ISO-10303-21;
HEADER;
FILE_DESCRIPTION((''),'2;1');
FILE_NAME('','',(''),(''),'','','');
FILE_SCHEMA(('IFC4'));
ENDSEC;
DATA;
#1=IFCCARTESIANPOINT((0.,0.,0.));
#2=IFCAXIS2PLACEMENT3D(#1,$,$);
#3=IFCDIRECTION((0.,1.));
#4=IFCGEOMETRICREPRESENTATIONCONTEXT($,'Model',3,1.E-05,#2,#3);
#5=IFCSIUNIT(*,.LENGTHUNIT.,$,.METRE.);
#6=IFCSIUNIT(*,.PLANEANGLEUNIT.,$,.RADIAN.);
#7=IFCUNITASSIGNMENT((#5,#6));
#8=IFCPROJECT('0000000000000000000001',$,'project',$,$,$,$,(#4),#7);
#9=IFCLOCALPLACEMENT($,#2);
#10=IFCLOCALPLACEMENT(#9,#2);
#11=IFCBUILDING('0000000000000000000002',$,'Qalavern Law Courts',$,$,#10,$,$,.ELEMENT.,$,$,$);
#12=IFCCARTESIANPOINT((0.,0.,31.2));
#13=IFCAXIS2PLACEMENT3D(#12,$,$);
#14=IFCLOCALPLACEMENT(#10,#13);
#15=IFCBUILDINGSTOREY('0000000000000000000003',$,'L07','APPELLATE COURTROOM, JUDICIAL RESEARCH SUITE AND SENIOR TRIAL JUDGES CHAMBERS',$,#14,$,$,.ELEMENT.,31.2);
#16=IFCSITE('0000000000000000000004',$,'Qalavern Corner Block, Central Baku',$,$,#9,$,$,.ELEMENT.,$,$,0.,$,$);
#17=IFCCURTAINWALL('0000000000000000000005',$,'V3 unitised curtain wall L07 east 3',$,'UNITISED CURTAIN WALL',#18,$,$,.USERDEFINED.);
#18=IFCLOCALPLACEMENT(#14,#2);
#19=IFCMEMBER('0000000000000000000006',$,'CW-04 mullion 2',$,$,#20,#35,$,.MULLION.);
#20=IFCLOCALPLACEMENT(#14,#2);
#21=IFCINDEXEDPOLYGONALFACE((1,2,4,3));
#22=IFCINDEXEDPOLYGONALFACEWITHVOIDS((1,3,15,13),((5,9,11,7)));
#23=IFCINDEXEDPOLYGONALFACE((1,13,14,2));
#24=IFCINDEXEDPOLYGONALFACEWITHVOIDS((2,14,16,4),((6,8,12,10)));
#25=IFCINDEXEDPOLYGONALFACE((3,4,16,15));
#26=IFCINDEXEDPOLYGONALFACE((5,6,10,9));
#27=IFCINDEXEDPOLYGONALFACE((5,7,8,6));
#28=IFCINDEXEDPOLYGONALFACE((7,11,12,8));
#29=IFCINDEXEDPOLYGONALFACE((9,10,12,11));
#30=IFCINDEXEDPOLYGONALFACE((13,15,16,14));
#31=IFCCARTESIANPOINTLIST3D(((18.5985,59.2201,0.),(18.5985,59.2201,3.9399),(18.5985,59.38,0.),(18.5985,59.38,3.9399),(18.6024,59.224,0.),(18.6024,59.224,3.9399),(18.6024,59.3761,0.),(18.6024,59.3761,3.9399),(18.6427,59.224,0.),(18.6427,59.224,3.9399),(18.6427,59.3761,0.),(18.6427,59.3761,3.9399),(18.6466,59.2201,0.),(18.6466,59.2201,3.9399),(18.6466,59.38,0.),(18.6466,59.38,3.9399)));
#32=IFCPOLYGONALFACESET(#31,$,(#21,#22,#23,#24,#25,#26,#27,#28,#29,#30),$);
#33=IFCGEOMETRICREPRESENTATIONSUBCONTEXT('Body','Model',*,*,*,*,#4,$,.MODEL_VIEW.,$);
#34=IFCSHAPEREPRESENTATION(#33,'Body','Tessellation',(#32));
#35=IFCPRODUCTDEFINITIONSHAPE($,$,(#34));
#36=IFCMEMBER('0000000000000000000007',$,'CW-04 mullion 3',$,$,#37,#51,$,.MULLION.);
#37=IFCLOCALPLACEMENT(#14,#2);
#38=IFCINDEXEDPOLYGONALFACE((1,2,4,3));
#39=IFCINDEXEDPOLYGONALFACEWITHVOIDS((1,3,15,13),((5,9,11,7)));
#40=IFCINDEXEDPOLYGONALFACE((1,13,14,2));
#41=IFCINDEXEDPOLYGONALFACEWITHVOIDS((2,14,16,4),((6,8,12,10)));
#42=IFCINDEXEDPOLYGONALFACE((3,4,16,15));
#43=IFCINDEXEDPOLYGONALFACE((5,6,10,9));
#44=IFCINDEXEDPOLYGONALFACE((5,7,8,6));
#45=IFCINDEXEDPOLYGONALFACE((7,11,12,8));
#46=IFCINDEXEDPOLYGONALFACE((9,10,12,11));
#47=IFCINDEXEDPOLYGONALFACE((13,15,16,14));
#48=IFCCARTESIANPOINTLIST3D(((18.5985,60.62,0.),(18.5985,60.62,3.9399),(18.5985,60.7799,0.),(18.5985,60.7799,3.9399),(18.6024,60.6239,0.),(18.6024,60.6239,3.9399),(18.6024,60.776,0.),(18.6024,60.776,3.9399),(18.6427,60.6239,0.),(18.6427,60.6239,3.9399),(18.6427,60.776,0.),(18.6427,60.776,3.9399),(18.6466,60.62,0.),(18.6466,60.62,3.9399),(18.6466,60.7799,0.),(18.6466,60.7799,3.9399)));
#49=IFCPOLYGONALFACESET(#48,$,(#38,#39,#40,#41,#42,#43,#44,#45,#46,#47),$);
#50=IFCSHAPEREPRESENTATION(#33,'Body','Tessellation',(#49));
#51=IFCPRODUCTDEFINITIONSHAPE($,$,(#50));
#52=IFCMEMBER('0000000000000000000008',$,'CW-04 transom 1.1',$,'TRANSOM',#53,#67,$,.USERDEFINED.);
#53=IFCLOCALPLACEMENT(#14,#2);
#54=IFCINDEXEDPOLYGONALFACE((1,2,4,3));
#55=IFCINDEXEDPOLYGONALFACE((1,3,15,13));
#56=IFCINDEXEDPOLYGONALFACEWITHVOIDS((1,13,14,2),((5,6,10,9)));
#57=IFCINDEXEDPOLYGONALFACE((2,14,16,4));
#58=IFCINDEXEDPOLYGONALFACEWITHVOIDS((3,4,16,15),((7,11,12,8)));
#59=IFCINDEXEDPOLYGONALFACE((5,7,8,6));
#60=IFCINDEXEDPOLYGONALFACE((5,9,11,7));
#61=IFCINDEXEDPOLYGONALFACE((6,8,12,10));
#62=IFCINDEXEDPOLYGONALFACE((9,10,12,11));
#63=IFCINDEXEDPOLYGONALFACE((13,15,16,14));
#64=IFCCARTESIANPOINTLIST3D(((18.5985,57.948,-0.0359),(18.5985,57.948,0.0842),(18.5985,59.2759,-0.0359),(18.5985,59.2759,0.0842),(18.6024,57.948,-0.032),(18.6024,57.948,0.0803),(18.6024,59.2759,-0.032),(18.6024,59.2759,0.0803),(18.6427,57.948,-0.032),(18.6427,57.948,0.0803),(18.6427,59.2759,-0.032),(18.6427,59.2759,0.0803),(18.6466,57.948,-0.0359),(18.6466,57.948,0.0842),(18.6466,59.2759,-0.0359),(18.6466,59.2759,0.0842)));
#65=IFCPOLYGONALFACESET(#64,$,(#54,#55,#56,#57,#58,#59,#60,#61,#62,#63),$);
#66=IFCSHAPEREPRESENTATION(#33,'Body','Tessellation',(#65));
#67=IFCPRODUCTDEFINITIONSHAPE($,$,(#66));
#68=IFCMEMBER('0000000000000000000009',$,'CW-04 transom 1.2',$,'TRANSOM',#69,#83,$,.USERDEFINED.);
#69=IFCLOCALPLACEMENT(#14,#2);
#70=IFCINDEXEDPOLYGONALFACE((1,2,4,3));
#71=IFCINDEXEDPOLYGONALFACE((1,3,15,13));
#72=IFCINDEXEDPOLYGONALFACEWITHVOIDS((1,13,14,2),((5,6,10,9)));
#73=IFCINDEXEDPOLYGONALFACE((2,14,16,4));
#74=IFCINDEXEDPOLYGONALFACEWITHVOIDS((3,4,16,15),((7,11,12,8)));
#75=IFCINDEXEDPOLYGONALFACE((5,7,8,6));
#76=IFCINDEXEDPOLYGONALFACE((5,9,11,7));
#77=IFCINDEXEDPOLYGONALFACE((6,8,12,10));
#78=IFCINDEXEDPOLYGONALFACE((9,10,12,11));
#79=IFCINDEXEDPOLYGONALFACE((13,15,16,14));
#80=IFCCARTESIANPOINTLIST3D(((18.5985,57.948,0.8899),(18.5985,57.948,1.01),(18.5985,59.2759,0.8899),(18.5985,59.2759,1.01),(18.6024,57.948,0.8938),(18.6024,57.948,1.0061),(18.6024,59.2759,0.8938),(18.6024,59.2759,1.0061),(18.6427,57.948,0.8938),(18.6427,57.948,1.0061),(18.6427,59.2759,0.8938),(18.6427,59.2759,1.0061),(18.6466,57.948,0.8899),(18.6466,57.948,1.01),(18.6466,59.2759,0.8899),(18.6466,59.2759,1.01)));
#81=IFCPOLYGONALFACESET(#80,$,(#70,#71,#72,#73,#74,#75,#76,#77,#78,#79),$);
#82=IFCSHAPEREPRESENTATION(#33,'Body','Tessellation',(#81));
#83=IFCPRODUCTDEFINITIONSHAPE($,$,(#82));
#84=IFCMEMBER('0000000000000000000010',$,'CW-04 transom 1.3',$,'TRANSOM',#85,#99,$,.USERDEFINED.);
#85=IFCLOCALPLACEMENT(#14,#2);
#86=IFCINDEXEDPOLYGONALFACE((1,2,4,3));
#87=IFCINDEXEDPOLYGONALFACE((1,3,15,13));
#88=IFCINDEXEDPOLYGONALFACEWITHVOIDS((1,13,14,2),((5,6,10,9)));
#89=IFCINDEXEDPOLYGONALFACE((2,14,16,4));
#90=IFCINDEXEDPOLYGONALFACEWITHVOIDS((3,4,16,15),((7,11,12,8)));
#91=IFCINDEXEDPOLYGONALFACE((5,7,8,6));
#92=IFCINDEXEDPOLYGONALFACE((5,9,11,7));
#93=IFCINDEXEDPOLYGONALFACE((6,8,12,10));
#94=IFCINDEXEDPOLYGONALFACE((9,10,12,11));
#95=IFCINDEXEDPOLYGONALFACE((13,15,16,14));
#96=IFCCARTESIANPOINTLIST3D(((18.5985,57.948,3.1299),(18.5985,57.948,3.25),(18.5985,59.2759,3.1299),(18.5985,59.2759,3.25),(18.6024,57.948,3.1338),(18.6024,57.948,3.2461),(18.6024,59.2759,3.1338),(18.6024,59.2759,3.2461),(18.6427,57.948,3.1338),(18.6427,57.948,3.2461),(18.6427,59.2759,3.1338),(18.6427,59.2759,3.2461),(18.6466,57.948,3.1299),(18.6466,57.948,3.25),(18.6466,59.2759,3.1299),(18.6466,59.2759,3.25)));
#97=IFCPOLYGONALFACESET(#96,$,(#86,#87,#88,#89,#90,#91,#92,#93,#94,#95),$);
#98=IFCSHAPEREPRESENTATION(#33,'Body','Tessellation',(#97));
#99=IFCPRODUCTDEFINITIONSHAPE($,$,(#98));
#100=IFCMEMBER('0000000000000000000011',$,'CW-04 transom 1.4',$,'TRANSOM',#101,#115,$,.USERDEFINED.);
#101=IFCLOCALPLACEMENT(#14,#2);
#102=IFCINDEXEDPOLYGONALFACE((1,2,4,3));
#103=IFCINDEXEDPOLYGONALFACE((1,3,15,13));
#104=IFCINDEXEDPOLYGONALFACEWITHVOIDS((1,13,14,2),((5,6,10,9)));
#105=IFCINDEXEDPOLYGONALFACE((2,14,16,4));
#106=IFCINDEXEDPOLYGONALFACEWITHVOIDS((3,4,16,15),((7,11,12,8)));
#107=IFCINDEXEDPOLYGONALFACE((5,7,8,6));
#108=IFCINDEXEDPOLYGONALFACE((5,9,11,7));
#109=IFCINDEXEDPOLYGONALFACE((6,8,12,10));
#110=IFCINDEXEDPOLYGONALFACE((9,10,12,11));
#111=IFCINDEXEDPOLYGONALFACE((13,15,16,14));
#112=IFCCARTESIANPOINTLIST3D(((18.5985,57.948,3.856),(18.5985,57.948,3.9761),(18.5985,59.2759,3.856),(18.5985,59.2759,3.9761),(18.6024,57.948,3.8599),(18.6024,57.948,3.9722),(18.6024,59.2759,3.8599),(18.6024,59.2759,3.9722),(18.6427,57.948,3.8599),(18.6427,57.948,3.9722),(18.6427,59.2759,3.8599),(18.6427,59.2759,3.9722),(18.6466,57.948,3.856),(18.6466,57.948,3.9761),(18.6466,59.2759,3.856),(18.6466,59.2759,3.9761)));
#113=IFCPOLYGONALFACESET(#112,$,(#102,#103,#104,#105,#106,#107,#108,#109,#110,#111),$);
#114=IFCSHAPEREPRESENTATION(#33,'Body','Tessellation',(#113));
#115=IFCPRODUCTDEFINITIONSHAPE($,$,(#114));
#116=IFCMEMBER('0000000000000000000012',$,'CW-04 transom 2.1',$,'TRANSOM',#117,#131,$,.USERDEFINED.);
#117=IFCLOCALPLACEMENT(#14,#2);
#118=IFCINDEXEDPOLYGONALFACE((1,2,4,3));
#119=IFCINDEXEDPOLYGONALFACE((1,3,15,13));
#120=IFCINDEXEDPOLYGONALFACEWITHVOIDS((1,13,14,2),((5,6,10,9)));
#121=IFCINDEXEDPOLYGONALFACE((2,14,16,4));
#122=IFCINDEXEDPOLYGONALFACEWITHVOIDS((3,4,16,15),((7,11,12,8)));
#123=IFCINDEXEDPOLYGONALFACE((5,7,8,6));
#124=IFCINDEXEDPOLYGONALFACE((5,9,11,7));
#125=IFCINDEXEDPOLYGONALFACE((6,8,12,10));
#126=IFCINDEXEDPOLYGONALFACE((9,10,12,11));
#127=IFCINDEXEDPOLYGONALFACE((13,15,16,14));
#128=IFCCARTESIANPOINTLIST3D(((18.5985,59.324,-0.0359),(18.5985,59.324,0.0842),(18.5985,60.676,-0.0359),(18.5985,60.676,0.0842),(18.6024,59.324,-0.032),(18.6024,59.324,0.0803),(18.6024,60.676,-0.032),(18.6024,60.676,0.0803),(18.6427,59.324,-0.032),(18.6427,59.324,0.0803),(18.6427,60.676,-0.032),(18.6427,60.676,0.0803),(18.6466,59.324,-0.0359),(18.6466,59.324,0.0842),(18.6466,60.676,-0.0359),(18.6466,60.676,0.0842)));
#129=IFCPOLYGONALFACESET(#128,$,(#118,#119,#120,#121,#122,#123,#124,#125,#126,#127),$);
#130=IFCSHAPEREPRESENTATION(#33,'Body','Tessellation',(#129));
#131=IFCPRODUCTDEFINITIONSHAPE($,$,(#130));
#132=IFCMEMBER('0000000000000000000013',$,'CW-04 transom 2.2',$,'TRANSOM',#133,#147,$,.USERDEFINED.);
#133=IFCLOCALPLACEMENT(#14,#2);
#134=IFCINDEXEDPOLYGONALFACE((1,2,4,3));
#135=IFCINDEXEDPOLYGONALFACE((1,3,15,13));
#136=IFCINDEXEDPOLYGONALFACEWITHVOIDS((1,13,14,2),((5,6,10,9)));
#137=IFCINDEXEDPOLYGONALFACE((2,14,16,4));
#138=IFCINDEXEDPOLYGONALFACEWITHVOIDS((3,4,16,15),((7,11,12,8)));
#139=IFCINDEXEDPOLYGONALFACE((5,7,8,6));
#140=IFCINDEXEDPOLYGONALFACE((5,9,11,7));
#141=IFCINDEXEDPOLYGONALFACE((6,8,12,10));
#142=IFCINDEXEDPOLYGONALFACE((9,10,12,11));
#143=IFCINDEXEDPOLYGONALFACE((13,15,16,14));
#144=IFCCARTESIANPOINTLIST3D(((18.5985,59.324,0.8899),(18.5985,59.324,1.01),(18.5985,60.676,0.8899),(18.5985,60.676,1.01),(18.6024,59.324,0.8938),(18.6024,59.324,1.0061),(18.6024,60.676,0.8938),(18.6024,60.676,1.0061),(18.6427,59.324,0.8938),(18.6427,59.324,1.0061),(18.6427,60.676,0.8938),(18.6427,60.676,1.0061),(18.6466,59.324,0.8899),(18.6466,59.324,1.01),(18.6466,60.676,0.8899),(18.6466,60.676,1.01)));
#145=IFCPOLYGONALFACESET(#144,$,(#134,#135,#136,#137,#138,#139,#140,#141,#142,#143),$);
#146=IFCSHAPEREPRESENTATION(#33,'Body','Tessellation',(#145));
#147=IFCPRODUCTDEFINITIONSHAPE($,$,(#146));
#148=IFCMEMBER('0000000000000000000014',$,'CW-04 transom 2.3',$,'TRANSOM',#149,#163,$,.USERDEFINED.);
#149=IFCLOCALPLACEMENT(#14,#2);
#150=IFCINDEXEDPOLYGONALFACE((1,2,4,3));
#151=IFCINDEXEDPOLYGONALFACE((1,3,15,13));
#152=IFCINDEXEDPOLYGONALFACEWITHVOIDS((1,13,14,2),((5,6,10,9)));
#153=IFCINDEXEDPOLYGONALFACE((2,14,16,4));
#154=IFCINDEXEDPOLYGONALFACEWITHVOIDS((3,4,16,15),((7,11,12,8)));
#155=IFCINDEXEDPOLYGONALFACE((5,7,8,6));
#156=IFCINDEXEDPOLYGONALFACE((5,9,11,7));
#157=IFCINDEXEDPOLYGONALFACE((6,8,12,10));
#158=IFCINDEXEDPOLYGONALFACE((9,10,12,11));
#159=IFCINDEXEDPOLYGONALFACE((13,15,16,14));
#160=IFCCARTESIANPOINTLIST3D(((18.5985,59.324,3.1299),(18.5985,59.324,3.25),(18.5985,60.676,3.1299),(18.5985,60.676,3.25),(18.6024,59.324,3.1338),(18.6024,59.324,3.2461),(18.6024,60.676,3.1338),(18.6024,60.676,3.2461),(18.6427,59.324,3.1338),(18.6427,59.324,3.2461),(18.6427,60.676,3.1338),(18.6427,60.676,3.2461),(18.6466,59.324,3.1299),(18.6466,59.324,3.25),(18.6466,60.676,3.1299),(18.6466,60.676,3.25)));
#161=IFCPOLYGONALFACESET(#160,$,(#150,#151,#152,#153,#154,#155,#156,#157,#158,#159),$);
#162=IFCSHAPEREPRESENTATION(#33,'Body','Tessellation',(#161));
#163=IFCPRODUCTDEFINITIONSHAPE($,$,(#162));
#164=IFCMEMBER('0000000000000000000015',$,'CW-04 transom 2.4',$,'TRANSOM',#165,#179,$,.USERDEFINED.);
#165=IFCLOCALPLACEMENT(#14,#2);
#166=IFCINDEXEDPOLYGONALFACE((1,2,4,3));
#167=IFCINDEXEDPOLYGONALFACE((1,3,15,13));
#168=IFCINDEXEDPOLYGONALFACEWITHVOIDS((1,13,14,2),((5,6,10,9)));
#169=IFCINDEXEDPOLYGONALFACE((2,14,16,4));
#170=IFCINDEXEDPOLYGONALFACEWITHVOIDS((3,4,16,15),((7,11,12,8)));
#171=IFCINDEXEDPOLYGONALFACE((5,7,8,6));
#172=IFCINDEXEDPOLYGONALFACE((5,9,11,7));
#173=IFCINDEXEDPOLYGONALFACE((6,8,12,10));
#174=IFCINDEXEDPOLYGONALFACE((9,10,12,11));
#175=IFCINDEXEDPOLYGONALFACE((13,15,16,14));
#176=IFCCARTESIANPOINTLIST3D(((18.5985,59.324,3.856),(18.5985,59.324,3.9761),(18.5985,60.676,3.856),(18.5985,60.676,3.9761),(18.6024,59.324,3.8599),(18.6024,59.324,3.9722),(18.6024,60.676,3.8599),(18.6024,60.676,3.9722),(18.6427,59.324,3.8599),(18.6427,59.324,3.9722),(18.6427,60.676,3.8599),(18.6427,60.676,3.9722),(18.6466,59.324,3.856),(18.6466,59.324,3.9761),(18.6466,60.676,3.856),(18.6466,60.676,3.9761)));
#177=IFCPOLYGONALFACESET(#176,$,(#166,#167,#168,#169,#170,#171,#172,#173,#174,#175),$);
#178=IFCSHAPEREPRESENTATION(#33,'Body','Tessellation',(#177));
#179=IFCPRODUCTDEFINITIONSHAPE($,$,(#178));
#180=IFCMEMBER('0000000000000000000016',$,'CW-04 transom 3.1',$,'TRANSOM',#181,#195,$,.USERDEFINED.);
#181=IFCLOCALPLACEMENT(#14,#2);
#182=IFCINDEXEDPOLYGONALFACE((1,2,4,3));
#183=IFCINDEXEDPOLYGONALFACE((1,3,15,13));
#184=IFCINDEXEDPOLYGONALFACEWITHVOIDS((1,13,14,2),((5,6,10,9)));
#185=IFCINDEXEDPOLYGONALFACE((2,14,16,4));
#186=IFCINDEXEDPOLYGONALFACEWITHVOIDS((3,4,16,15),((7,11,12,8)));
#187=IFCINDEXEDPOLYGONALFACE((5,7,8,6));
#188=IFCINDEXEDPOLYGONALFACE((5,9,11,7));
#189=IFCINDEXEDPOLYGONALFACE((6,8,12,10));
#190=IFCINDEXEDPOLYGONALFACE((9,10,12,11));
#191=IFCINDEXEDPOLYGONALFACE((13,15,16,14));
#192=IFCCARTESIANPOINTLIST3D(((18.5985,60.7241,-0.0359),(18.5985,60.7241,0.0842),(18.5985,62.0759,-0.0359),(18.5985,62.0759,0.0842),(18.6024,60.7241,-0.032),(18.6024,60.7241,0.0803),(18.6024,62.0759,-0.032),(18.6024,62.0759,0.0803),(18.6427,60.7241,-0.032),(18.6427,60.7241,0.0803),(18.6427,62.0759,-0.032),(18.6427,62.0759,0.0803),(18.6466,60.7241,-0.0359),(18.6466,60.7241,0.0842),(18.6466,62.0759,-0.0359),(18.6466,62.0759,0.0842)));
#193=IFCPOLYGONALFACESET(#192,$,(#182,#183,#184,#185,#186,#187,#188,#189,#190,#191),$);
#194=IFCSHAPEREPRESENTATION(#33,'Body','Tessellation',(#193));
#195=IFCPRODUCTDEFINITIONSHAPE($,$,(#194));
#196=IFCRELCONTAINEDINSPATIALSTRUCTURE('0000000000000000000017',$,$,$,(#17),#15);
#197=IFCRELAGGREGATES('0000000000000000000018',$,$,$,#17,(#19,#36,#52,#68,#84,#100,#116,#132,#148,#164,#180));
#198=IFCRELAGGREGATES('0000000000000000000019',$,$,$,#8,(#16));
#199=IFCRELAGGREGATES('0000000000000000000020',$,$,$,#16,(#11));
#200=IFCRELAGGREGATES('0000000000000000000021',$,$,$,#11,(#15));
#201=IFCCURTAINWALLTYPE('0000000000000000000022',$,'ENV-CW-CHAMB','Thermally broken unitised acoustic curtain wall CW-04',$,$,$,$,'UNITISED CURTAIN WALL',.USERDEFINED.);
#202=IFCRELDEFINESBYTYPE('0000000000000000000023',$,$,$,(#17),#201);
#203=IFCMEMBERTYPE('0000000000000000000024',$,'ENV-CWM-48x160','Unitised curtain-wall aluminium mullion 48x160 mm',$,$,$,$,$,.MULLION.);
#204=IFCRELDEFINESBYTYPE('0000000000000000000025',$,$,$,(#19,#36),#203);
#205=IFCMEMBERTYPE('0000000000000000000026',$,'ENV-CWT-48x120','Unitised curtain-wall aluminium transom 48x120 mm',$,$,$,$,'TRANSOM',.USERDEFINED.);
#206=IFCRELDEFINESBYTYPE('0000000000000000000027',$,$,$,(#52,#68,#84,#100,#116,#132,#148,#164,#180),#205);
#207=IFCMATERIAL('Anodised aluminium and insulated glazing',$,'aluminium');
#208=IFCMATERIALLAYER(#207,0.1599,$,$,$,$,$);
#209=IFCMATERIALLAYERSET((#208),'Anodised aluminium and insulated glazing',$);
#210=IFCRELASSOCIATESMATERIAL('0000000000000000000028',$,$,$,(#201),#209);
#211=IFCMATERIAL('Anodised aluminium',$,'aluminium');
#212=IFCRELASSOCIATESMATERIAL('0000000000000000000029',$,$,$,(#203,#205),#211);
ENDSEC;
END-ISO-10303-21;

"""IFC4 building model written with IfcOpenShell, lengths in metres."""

from ifc_helpers import new_model, si_unit, direction, frame, origin, origin_2d, place, context, subcontext, project, spatial, hollow_rectangle, extrude, material, layer, layer_set, material_profile, profile_set, type_object, element, aggregate, save


model = new_model("IFC4")

# Units and contexts
model_context = context("Model", 3, precision=1e-05, world=origin(), true_north=direction((0.0, 1.0)))
body_context = subcontext(model_context, "Body", "Model", "MODEL_VIEW")
ifc_project = project(units=[si_unit("LENGTHUNIT", "METRE"), si_unit("PLANEANGLEUNIT", "RADIAN")], contexts=[model_context])

# Site, building, storey
site_placement = place(None, origin())
site = spatial("IfcSite", under=ifc_project, at=site_placement, Name="Qalavern Corner Block, Central Baku", CompositionType="ELEMENT", RefElevation=0.0)
building_placement = place(site_placement, origin())
building = spatial("IfcBuilding", under=site, at=building_placement, Name="Qalavern Law Courts", CompositionType="ELEMENT")
storey_placement = place(building_placement, frame((0.0, 0.0, 31.2)))
storey = spatial("IfcBuildingStorey", under=building, at=storey_placement, Name="L07", Description="APPELLATE COURTROOM, JUDICIAL RESEARCH SUITE AND SENIOR TRIAL JUDGES CHAMBERS", CompositionType="ELEMENT", Elevation=31.2)

# Curtain wall, members
ifc_material_1 = material(Name="Anodised aluminium and insulated glazing", Category="aluminium")
ifc_layer_1 = layer(ifc_material_1, 0.1599)
ifc_layer_set_1 = layer_set([ifc_layer_1], Name="Anodised aluminium and insulated glazing")
curtain_wall_type = type_object("IfcCurtainWallType", Name="ENV-CW-CHAMB", Description="Thermally broken unitised acoustic curtain wall CW-04", ElementType="UNITISED CURTAIN WALL", PredefinedType="USERDEFINED", material=ifc_layer_set_1)
curtain_wall_placement = place(storey_placement, origin())
curtain_wall = element("IfcCurtainWall", 1, at=curtain_wall_placement, inside=storey, type_object=curtain_wall_type, Name="V3 unitised curtain wall L07 east 3", ObjectType="UNITISED CURTAIN WALL", PredefinedType="USERDEFINED")
ifc_material_2 = material(Name="Anodised aluminium", Category="aluminium")
ifc_material_profile_1 = material_profile(ifc_material_2, hollow_rectangle(XDim=0.0481, YDim=0.1599, WallThickness=0.0039, at=origin_2d()), Name="ALU MULLION 48x160")
ifc_profile_set_1 = profile_set([ifc_material_profile_1], Name="Anodised aluminium")
member_type_1 = type_object("IfcMemberType", Name="ENV-CWM-48x160", Description="Unitised curtain-wall aluminium mullion 48x160 mm", PredefinedType="MULLION", material=ifc_profile_set_1)
member_1_placement = place(storey_placement, frame((18.6226, 59.3, 0.0), z_axis=(0.0, 0.0, 1.0), x_axis=(-1.0, 0.0, 0.0)))
member_1 = element("IfcMember", 2, at=member_1_placement, type_object=member_type_1, Name="CW-04 mullion 2", PredefinedType="MULLION", context=body_context, shape_type="SweptSolid", body=[
    extrude(hollow_rectangle(XDim=0.0481, YDim=0.1599, WallThickness=0.0039, at=origin_2d()), origin(), (0.0, 0.0, 1.0), 3.9399),
])
member_2_placement = place(storey_placement, frame((18.6226, 60.7, 0.0), z_axis=(0.0, 0.0, 1.0), x_axis=(-1.0, 0.0, 0.0)))
member_2 = element("IfcMember", 3, at=member_2_placement, type_object=member_type_1, Name="CW-04 mullion 3", PredefinedType="MULLION", context=body_context, shape_type="SweptSolid", body=[
    extrude(hollow_rectangle(XDim=0.0481, YDim=0.1599, WallThickness=0.0039, at=origin_2d()), origin(), (0.0, 0.0, 1.0), 3.9399),
])
ifc_material_profile_2 = material_profile(ifc_material_2, hollow_rectangle(XDim=0.0481, YDim=0.1201, WallThickness=0.0039, at=origin_2d()), Name="ALU TRANSOM 48x120")
ifc_profile_set_2 = profile_set([ifc_material_profile_2], Name="Anodised aluminium")
member_type_2 = type_object("IfcMemberType", Name="ENV-CWT-48x120", Description="Unitised curtain-wall aluminium transom 48x120 mm", ElementType="TRANSOM", PredefinedType="USERDEFINED", material=ifc_profile_set_2)
member_3_placement = place(storey_placement, frame((18.6226, 57.948, 0.0242), z_axis=(0.0, 1.0, 0.0), x_axis=(-1.0, 0.0, 0.0)))
member_3 = element("IfcMember", 4, at=member_3_placement, type_object=member_type_2, Name="CW-04 transom 1.1", ObjectType="TRANSOM", PredefinedType="USERDEFINED", context=body_context, shape_type="SweptSolid", body=[
    extrude(hollow_rectangle(XDim=0.0481, YDim=0.1201, WallThickness=0.0039, at=origin_2d()), origin(), (0.0, 0.0, 1.0), 1.3279),
])
member_4_placement = place(storey_placement, frame((18.6226, 57.948, 0.95), z_axis=(0.0, 1.0, 0.0), x_axis=(-1.0, 0.0, 0.0)))
member_4 = element("IfcMember", 5, at=member_4_placement, type_object=member_type_2, Name="CW-04 transom 1.2", ObjectType="TRANSOM", PredefinedType="USERDEFINED", context=body_context, shape_type="SweptSolid", body=[
    extrude(hollow_rectangle(XDim=0.0481, YDim=0.1201, WallThickness=0.0039, at=origin_2d()), origin(), (0.0, 0.0, 1.0), 1.3279),
])
member_5_placement = place(storey_placement, frame((18.6226, 57.948, 3.1899), z_axis=(0.0, 1.0, 0.0), x_axis=(-1.0, 0.0, 0.0)))
member_5 = element("IfcMember", 6, at=member_5_placement, type_object=member_type_2, Name="CW-04 transom 1.3", ObjectType="TRANSOM", PredefinedType="USERDEFINED", context=body_context, shape_type="SweptSolid", body=[
    extrude(hollow_rectangle(XDim=0.0481, YDim=0.1201, WallThickness=0.0039, at=origin_2d()), origin(), (0.0, 0.0, 1.0), 1.3279),
])
member_6_placement = place(storey_placement, frame((18.6226, 57.948, 3.916), z_axis=(0.0, 1.0, 0.0), x_axis=(-1.0, 0.0, 0.0)))
member_6 = element("IfcMember", 7, at=member_6_placement, type_object=member_type_2, Name="CW-04 transom 1.4", ObjectType="TRANSOM", PredefinedType="USERDEFINED", context=body_context, shape_type="SweptSolid", body=[
    extrude(hollow_rectangle(XDim=0.0481, YDim=0.1201, WallThickness=0.0039, at=origin_2d()), origin(), (0.0, 0.0, 1.0), 1.3279),
])
member_7_placement = place(storey_placement, frame((18.6226, 59.324, 0.0242), z_axis=(0.0, 1.0, 0.0), x_axis=(-1.0, 0.0, 0.0)))
member_7 = element("IfcMember", 8, at=member_7_placement, type_object=member_type_2, Name="CW-04 transom 2.1", ObjectType="TRANSOM", PredefinedType="USERDEFINED", context=body_context, shape_type="SweptSolid", body=[
    extrude(hollow_rectangle(XDim=0.0481, YDim=0.1201, WallThickness=0.0039, at=origin_2d()), origin(), (0.0, 0.0, 1.0), 1.3521),
])
member_8_placement = place(storey_placement, frame((18.6226, 59.324, 0.95), z_axis=(0.0, 1.0, 0.0), x_axis=(-1.0, 0.0, 0.0)))
member_8 = element("IfcMember", 9, at=member_8_placement, type_object=member_type_2, Name="CW-04 transom 2.2", ObjectType="TRANSOM", PredefinedType="USERDEFINED", context=body_context, shape_type="SweptSolid", body=[
    extrude(hollow_rectangle(XDim=0.0481, YDim=0.1201, WallThickness=0.0039, at=origin_2d()), origin(), (0.0, 0.0, 1.0), 1.3521),
])
member_9_placement = place(storey_placement, frame((18.6226, 59.324, 3.1899), z_axis=(0.0, 1.0, 0.0), x_axis=(-1.0, 0.0, 0.0)))
member_9 = element("IfcMember", 10, at=member_9_placement, type_object=member_type_2, Name="CW-04 transom 2.3", ObjectType="TRANSOM", PredefinedType="USERDEFINED", context=body_context, shape_type="SweptSolid", body=[
    extrude(hollow_rectangle(XDim=0.0481, YDim=0.1201, WallThickness=0.0039, at=origin_2d()), origin(), (0.0, 0.0, 1.0), 1.3521),
])
member_10_placement = place(storey_placement, frame((18.6226, 59.324, 3.916), z_axis=(0.0, 1.0, 0.0), x_axis=(-1.0, 0.0, 0.0)))
member_10 = element("IfcMember", 11, at=member_10_placement, type_object=member_type_2, Name="CW-04 transom 2.4", ObjectType="TRANSOM", PredefinedType="USERDEFINED", context=body_context, shape_type="SweptSolid", body=[
    extrude(hollow_rectangle(XDim=0.0481, YDim=0.1201, WallThickness=0.0039, at=origin_2d()), origin(), (0.0, 0.0, 1.0), 1.3521),
])
member_11_placement = place(storey_placement, frame((18.6226, 60.7241, 0.0242), z_axis=(0.0, 1.0, 0.0), x_axis=(-1.0, 0.0, 0.0)))
member_11 = element("IfcMember", 12, at=member_11_placement, type_object=member_type_2, Name="CW-04 transom 3.1", ObjectType="TRANSOM", PredefinedType="USERDEFINED", context=body_context, shape_type="SweptSolid", body=[
    extrude(hollow_rectangle(XDim=0.0481, YDim=0.1201, WallThickness=0.0039, at=origin_2d()), origin(), (0.0, 0.0, 1.0), 1.3518),
])
aggregate(curtain_wall, [member_1, member_2, member_3, member_4, member_5, member_6, member_7, member_8, member_9, member_10, member_11])

save(model, "model.ifc")
